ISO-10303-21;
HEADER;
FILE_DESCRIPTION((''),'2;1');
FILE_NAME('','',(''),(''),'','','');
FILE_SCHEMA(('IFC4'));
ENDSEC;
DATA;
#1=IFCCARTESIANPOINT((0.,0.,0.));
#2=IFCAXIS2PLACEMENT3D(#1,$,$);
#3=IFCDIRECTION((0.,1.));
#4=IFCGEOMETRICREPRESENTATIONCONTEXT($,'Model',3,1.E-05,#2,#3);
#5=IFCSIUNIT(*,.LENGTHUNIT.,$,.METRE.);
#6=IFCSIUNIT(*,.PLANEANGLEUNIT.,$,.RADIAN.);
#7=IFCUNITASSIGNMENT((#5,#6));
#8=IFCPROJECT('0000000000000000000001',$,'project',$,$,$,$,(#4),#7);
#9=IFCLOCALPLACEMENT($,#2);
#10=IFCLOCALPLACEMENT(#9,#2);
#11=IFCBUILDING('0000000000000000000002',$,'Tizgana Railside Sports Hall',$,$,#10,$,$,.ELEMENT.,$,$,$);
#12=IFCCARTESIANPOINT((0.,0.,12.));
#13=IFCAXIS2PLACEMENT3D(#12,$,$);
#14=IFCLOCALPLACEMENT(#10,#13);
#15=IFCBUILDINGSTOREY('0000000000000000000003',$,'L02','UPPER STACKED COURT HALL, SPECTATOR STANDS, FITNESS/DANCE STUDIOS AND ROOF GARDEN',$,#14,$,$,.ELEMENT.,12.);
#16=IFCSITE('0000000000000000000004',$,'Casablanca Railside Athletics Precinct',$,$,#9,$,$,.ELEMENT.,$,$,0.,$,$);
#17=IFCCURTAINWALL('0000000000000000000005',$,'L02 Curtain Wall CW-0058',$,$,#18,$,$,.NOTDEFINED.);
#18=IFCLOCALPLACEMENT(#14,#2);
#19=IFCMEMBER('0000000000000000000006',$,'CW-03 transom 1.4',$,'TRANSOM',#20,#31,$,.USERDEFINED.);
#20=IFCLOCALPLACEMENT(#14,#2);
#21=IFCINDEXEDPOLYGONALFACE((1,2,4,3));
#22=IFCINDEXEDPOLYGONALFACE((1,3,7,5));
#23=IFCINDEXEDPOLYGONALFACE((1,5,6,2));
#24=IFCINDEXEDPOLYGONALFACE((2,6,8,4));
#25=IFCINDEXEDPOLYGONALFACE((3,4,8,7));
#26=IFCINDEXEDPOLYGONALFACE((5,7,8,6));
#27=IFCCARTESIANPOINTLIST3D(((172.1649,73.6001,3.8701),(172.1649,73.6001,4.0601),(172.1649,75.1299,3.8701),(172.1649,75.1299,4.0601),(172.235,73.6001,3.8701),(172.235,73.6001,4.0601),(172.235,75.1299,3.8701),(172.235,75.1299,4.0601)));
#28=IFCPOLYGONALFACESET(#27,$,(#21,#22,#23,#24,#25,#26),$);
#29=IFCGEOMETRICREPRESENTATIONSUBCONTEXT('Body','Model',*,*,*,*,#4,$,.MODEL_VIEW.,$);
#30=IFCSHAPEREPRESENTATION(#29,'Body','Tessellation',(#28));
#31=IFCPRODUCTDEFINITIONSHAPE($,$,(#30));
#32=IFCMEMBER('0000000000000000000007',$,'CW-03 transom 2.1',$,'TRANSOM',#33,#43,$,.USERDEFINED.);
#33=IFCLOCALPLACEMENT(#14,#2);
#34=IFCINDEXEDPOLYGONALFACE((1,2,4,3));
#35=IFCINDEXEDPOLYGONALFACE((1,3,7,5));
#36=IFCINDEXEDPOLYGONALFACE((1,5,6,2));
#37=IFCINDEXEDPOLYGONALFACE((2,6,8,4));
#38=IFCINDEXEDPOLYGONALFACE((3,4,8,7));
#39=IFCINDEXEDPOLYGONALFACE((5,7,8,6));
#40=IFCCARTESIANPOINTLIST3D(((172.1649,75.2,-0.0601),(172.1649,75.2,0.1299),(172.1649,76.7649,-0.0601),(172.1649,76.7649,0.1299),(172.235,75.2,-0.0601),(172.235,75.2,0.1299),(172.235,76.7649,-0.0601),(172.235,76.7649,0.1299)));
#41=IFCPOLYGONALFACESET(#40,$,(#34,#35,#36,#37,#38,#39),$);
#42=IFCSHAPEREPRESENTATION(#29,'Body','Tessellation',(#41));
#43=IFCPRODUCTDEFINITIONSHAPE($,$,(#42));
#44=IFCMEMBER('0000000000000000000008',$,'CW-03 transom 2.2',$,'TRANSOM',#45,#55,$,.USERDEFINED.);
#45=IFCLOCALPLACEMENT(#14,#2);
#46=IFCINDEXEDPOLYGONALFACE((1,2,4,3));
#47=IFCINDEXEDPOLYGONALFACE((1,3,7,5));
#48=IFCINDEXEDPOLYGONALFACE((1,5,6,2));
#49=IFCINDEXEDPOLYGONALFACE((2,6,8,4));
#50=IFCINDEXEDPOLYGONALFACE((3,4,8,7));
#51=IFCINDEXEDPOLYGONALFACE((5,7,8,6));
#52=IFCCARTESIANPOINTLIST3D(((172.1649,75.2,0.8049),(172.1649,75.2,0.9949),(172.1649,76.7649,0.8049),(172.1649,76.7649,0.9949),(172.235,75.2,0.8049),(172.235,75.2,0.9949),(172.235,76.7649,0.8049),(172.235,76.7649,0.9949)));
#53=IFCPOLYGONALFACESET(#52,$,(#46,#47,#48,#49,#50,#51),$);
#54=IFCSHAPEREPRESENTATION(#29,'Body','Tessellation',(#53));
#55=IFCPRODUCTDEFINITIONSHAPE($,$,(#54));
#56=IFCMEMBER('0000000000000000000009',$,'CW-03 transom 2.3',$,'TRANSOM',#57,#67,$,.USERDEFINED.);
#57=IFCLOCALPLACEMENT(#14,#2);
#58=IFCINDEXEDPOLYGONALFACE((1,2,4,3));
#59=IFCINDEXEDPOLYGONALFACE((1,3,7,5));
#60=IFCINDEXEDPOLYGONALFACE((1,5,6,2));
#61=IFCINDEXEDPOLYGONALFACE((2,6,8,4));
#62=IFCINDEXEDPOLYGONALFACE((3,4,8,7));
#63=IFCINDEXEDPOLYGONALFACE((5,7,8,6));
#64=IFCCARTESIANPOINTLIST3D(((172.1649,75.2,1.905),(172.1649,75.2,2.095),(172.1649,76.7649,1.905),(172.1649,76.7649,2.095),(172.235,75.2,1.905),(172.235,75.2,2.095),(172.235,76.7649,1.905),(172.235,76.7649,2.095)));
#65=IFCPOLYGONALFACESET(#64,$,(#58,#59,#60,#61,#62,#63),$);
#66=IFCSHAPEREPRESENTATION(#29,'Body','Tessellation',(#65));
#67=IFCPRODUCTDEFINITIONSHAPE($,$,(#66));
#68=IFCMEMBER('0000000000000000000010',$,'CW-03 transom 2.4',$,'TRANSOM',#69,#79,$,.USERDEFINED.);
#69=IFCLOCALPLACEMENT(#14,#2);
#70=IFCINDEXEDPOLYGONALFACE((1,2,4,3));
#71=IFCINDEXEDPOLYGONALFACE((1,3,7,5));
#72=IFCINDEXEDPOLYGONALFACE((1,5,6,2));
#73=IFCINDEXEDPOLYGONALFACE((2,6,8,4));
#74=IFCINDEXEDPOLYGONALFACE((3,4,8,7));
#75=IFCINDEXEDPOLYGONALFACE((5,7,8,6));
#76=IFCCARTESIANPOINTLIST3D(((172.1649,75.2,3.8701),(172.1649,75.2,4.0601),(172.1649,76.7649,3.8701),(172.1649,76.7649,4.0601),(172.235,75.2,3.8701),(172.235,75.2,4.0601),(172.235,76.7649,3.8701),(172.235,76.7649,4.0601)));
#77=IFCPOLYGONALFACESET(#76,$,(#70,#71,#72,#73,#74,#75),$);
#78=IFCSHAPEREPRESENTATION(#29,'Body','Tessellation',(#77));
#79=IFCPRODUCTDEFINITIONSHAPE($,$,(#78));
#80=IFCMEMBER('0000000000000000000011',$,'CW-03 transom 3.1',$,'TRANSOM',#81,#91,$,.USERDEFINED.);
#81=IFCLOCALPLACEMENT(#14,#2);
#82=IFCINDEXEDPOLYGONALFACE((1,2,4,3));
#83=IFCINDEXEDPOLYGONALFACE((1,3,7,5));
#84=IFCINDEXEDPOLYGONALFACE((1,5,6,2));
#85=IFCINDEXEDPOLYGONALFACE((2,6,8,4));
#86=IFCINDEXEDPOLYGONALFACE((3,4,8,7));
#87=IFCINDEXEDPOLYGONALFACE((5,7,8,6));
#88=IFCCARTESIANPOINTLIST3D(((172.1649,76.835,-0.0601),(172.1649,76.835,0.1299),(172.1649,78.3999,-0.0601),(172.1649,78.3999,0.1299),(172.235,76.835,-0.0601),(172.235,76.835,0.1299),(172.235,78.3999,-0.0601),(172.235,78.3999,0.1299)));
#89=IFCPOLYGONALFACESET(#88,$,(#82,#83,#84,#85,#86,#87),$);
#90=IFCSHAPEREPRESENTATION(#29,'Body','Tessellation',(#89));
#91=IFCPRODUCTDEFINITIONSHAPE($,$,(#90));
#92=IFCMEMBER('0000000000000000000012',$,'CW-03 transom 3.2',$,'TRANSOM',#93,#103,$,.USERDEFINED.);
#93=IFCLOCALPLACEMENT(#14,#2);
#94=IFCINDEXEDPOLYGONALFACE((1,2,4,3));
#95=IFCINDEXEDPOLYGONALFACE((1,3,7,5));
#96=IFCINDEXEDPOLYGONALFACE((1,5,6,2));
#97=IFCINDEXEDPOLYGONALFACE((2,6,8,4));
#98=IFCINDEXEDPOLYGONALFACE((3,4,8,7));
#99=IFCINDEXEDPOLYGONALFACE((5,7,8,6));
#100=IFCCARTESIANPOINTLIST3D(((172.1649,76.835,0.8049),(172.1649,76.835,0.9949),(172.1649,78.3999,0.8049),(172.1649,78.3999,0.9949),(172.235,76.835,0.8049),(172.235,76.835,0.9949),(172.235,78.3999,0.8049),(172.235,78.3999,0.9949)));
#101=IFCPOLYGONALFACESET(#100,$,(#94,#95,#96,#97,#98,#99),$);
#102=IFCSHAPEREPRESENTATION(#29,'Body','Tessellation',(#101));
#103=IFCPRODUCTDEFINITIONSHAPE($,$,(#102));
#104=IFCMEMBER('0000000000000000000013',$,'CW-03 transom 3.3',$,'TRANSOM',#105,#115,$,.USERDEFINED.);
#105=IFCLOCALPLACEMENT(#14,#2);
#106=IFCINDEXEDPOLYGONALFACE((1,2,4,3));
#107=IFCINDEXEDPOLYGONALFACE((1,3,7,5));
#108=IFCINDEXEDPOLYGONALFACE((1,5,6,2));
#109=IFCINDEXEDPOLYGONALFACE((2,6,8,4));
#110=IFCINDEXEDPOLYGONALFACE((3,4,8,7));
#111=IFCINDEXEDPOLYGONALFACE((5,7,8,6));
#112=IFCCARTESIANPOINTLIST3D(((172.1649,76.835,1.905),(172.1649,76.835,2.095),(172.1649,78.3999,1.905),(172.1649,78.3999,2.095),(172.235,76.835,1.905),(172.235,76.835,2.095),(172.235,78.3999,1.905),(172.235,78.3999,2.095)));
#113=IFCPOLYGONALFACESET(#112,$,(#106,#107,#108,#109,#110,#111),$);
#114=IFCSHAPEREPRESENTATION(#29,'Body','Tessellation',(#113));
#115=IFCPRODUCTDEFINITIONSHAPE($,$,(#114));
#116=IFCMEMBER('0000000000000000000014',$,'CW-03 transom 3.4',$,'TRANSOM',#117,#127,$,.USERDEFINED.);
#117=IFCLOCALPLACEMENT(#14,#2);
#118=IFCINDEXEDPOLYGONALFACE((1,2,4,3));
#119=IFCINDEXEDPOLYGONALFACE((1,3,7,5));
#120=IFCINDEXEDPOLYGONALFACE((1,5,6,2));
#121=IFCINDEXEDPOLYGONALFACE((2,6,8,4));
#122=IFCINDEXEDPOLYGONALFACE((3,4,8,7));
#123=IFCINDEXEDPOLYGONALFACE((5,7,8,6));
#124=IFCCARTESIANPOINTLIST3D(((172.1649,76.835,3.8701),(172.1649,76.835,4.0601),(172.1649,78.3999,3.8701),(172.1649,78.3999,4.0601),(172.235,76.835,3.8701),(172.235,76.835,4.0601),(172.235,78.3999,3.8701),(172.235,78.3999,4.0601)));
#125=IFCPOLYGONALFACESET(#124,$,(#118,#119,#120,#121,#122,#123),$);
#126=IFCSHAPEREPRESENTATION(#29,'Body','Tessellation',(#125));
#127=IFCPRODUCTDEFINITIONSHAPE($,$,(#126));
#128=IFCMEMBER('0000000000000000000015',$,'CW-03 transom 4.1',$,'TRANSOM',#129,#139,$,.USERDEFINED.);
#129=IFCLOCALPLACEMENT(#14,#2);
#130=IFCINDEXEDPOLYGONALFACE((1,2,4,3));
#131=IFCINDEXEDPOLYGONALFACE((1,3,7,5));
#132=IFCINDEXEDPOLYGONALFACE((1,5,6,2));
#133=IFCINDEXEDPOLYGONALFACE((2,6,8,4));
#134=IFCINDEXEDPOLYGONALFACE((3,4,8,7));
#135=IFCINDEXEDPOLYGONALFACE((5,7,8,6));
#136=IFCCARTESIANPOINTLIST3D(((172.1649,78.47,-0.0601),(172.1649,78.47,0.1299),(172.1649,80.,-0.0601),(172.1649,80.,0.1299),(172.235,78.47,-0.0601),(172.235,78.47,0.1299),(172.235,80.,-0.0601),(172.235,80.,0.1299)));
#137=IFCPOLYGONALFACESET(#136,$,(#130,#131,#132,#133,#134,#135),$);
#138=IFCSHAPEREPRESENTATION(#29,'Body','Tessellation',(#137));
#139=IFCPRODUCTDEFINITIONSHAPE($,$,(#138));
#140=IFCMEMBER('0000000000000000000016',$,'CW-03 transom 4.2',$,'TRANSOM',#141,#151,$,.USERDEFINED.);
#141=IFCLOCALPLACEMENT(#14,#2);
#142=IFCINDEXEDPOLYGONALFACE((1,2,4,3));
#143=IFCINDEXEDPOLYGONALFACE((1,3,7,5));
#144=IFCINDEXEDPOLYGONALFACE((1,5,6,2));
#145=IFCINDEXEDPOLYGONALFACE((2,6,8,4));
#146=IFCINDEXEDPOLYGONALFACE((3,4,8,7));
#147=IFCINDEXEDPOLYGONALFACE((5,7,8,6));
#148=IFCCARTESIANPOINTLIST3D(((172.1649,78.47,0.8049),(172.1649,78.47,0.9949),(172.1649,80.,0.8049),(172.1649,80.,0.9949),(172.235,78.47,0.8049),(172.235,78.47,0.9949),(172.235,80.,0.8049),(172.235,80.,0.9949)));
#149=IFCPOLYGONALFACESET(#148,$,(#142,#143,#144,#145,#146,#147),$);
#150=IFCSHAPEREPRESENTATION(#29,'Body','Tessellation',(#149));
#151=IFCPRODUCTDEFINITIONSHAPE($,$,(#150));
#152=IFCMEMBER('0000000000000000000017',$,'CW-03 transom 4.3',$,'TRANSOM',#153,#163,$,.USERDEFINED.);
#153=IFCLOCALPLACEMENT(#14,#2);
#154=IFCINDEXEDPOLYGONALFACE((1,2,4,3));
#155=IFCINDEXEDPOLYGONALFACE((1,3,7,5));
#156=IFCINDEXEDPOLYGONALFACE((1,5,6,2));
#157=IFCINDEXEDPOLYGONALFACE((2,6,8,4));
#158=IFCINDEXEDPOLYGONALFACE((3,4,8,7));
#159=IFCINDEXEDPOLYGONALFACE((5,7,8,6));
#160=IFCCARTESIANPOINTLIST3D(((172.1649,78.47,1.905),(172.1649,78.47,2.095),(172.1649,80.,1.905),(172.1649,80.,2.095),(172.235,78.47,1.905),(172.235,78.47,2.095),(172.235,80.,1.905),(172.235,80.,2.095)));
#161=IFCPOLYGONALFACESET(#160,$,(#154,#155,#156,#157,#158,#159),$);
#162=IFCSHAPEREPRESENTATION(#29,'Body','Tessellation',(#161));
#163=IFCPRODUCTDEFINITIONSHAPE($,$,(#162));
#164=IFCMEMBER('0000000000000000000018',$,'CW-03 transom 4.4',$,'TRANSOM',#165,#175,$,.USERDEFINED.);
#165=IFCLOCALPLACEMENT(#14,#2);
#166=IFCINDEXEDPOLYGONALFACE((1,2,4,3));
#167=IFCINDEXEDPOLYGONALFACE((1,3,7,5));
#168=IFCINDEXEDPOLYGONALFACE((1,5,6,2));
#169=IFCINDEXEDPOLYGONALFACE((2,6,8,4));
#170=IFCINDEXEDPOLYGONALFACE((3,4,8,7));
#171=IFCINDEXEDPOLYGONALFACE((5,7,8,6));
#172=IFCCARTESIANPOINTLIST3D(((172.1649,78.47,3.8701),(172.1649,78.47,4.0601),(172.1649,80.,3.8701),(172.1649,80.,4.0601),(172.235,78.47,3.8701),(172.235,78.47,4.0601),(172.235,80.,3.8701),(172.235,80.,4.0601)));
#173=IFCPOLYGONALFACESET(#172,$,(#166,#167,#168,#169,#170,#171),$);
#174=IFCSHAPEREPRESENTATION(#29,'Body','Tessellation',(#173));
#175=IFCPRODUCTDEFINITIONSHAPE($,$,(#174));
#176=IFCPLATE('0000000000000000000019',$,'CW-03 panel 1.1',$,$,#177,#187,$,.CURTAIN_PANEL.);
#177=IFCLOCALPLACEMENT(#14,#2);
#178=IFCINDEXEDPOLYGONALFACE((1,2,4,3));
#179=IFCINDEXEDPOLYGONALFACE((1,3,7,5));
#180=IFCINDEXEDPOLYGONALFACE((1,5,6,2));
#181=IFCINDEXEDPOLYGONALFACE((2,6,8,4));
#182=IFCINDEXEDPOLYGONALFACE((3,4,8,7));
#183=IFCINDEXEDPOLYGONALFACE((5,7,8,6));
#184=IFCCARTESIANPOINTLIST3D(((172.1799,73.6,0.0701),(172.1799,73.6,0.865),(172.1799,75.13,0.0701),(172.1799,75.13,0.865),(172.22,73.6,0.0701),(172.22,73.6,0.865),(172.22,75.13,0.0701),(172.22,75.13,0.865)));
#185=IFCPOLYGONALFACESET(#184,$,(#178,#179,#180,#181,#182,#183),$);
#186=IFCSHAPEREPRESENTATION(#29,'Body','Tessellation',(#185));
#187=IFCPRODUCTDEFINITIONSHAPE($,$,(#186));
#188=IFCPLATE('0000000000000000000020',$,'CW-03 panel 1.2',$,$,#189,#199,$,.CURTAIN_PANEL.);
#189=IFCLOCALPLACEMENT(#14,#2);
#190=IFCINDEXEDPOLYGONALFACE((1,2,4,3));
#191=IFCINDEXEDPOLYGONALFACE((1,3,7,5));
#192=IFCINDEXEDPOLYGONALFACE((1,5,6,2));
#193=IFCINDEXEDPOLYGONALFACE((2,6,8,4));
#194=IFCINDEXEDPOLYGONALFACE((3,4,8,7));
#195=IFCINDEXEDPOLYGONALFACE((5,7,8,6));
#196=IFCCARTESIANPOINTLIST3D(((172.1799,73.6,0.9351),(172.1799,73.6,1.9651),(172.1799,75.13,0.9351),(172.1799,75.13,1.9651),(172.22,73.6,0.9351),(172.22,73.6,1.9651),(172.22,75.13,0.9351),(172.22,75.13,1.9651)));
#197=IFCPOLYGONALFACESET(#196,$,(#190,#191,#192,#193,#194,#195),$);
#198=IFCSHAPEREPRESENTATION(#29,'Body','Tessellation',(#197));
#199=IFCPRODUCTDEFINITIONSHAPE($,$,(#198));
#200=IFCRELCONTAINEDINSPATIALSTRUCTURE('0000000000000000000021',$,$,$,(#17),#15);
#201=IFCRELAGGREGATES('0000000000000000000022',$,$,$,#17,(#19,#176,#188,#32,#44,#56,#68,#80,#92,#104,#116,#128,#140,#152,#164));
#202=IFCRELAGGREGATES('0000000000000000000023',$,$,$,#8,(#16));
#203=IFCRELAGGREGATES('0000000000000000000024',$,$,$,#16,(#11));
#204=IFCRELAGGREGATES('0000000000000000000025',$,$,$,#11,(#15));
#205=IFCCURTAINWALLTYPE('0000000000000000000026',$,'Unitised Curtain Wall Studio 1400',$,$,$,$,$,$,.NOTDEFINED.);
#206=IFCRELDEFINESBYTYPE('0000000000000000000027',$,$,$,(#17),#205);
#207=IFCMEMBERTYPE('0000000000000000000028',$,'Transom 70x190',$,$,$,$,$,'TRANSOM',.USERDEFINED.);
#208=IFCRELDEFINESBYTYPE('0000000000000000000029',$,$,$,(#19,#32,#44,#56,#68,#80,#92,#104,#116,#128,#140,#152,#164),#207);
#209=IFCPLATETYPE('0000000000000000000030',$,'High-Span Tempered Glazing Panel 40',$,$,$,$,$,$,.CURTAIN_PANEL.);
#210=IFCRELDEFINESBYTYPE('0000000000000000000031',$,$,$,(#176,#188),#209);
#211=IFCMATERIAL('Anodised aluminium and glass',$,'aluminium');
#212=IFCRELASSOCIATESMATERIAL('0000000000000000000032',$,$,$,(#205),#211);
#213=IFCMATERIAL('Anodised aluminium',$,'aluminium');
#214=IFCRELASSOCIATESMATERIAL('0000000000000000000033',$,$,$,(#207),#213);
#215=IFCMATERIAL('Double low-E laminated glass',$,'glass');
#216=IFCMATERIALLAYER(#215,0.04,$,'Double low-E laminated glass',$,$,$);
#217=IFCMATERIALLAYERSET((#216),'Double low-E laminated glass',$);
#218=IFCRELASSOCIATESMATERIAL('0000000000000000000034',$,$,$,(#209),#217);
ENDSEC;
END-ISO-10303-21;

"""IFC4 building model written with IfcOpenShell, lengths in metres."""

from ifc_helpers import new_model, si_unit, direction, frame, origin, origin_2d, place, context, subcontext, project, spatial, rectangle, extrude, material, layer, layer_set, material_profile, profile_set, type_object, element, aggregate, save


model = new_model("IFC4")

# Units and contexts
model_context = context("Model", 3, precision=1e-05, world=origin(), true_north=direction((0.0, 1.0)))
body_context = subcontext(model_context, "Body", "Model", "MODEL_VIEW")
ifc_project = project(units=[si_unit("LENGTHUNIT", "METRE"), si_unit("PLANEANGLEUNIT", "RADIAN")], contexts=[model_context])

# Site, building, storey
site_placement = place(None, origin())
site = spatial("IfcSite", under=ifc_project, at=site_placement, Name="Casablanca Railside Athletics Precinct", CompositionType="ELEMENT", RefElevation=0.0)
building_placement = place(site_placement, origin())
building = spatial("IfcBuilding", under=site, at=building_placement, Name="Tizgana Railside Sports Hall", CompositionType="ELEMENT")
storey_placement = place(building_placement, frame((0.0, 0.0, 12.0)))
storey = spatial("IfcBuildingStorey", under=building, at=storey_placement, Name="L02", Description="UPPER STACKED COURT HALL, SPECTATOR STANDS, FITNESS/DANCE STUDIOS AND ROOF GARDEN", CompositionType="ELEMENT", Elevation=12.0)

# Curtain wall
ifc_material_1 = material(Name="Anodised aluminium and glass", Category="aluminium")
curtain_wall_type = type_object("IfcCurtainWallType", Name="Unitised Curtain Wall Studio 1400", PredefinedType="NOTDEFINED", material=ifc_material_1)
curtain_wall_placement = place(storey_placement, origin())
curtain_wall = element("IfcCurtainWall", 1, at=curtain_wall_placement, inside=storey, type_object=curtain_wall_type, Name="L02 Curtain Wall CW-0058", PredefinedType="NOTDEFINED")
ifc_material_2 = material(Name="Anodised aluminium", Category="aluminium")

# Members
ifc_material_profile_1 = material_profile(ifc_material_2, rectangle(XDim=0.0701, YDim=0.1899, at=origin_2d()), Name="Transom 70x190")
ifc_profile_set_1 = profile_set([ifc_material_profile_1], Name="Anodised aluminium")
member_type_1 = type_object("IfcMemberType", Name="Transom 70x190", ElementType="TRANSOM", PredefinedType="USERDEFINED", material=ifc_profile_set_1)
member_1_placement = place(storey_placement, frame((172.2, 73.6001, 3.9651), z_axis=(0.0, 1.0, 0.0), x_axis=(-1.0, 0.0, 0.0)))
member_1 = element("IfcMember", 2, at=member_1_placement, type_object=member_type_1, Name="CW-03 transom 1.4", ObjectType="TRANSOM", PredefinedType="USERDEFINED", context=body_context, shape_type="SweptSolid", body=[
    extrude(rectangle(XDim=0.0701, YDim=0.1899, at=origin_2d()), origin(), (0.0, 0.0, 1.0), 1.5298),
])
member_2_placement = place(storey_placement, frame((172.2, 75.2, 0.0349), z_axis=(0.0, 1.0, 0.0), x_axis=(-1.0, 0.0, 0.0)))
member_2 = element("IfcMember", 3, at=member_2_placement, type_object=member_type_1, Name="CW-03 transom 2.1", ObjectType="TRANSOM", PredefinedType="USERDEFINED", context=body_context, shape_type="SweptSolid", body=[
    extrude(rectangle(XDim=0.0701, YDim=0.1899, at=origin_2d()), origin(), (0.0, 0.0, 1.0), 1.5649),
])
member_3_placement = place(storey_placement, frame((172.2, 75.2, 0.8999), z_axis=(0.0, 1.0, 0.0), x_axis=(-1.0, 0.0, 0.0)))
member_3 = element("IfcMember", 4, at=member_3_placement, type_object=member_type_1, Name="CW-03 transom 2.2", ObjectType="TRANSOM", PredefinedType="USERDEFINED", context=body_context, shape_type="SweptSolid", body=[
    extrude(rectangle(XDim=0.0701, YDim=0.1899, at=origin_2d()), origin(), (0.0, 0.0, 1.0), 1.5649),
])
member_4_placement = place(storey_placement, frame((172.2, 75.2, 2.0), z_axis=(0.0, 1.0, 0.0), x_axis=(-1.0, 0.0, 0.0)))
member_4 = element("IfcMember", 5, at=member_4_placement, type_object=member_type_1, Name="CW-03 transom 2.3", ObjectType="TRANSOM", PredefinedType="USERDEFINED", context=body_context, shape_type="SweptSolid", body=[
    extrude(rectangle(XDim=0.0701, YDim=0.1899, at=origin_2d()), origin(), (0.0, 0.0, 1.0), 1.5649),
])
member_5_placement = place(storey_placement, frame((172.2, 75.2, 3.9651), z_axis=(0.0, 1.0, 0.0), x_axis=(-1.0, 0.0, 0.0)))
member_5 = element("IfcMember", 6, at=member_5_placement, type_object=member_type_1, Name="CW-03 transom 2.4", ObjectType="TRANSOM", PredefinedType="USERDEFINED", context=body_context, shape_type="SweptSolid", body=[
    extrude(rectangle(XDim=0.0701, YDim=0.1899, at=origin_2d()), origin(), (0.0, 0.0, 1.0), 1.5649),
])
member_6_placement = place(storey_placement, frame((172.2, 76.835, 0.0349), z_axis=(0.0, 1.0, 0.0), x_axis=(-1.0, 0.0, 0.0)))
member_6 = element("IfcMember", 7, at=member_6_placement, type_object=member_type_1, Name="CW-03 transom 3.1", ObjectType="TRANSOM", PredefinedType="USERDEFINED", context=body_context, shape_type="SweptSolid", body=[
    extrude(rectangle(XDim=0.0701, YDim=0.1899, at=origin_2d()), origin(), (0.0, 0.0, 1.0), 1.5649),
])
member_7_placement = place(storey_placement, frame((172.2, 76.835, 0.8999), z_axis=(0.0, 1.0, 0.0), x_axis=(-1.0, 0.0, 0.0)))
member_7 = element("IfcMember", 8, at=member_7_placement, type_object=member_type_1, Name="CW-03 transom 3.2", ObjectType="TRANSOM", PredefinedType="USERDEFINED", context=body_context, shape_type="SweptSolid", body=[
    extrude(rectangle(XDim=0.0701, YDim=0.1899, at=origin_2d()), origin(), (0.0, 0.0, 1.0), 1.5649),
])
member_8_placement = place(storey_placement, frame((172.2, 76.835, 2.0), z_axis=(0.0, 1.0, 0.0), x_axis=(-1.0, 0.0, 0.0)))
member_8 = element("IfcMember", 9, at=member_8_placement, type_object=member_type_1, Name="CW-03 transom 3.3", ObjectType="TRANSOM", PredefinedType="USERDEFINED", context=body_context, shape_type="SweptSolid", body=[
    extrude(rectangle(XDim=0.0701, YDim=0.1899, at=origin_2d()), origin(), (0.0, 0.0, 1.0), 1.5649),
])
member_9_placement = place(storey_placement, frame((172.2, 76.835, 3.9651), z_axis=(0.0, 1.0, 0.0), x_axis=(-1.0, 0.0, 0.0)))
member_9 = element("IfcMember", 10, at=member_9_placement, type_object=member_type_1, Name="CW-03 transom 3.4", ObjectType="TRANSOM", PredefinedType="USERDEFINED", context=body_context, shape_type="SweptSolid", body=[
    extrude(rectangle(XDim=0.0701, YDim=0.1899, at=origin_2d()), origin(), (0.0, 0.0, 1.0), 1.5649),
])
member_10_placement = place(storey_placement, frame((172.2, 78.47, 0.0349), z_axis=(0.0, 1.0, 0.0), x_axis=(-1.0, 0.0, 0.0)))
member_10 = element("IfcMember", 11, at=member_10_placement, type_object=member_type_1, Name="CW-03 transom 4.1", ObjectType="TRANSOM", PredefinedType="USERDEFINED", context=body_context, shape_type="SweptSolid", body=[
    extrude(rectangle(XDim=0.0701, YDim=0.1899, at=origin_2d()), origin(), (0.0, 0.0, 1.0), 1.53),
])
member_11_placement = place(storey_placement, frame((172.2, 78.47, 0.8999), z_axis=(0.0, 1.0, 0.0), x_axis=(-1.0, 0.0, 0.0)))
member_11 = element("IfcMember", 12, at=member_11_placement, type_object=member_type_1, Name="CW-03 transom 4.2", ObjectType="TRANSOM", PredefinedType="USERDEFINED", context=body_context, shape_type="SweptSolid", body=[
    extrude(rectangle(XDim=0.0701, YDim=0.1899, at=origin_2d()), origin(), (0.0, 0.0, 1.0), 1.53),
])
member_12_placement = place(storey_placement, frame((172.2, 78.47, 2.0), z_axis=(0.0, 1.0, 0.0), x_axis=(-1.0, 0.0, 0.0)))
member_12 = element("IfcMember", 13, at=member_12_placement, type_object=member_type_1, Name="CW-03 transom 4.3", ObjectType="TRANSOM", PredefinedType="USERDEFINED", context=body_context, shape_type="SweptSolid", body=[
    extrude(rectangle(XDim=0.0701, YDim=0.1899, at=origin_2d()), origin(), (0.0, 0.0, 1.0), 1.53),
])
member_13_placement = place(storey_placement, frame((172.2, 78.47, 3.9651), z_axis=(0.0, 1.0, 0.0), x_axis=(-1.0, 0.0, 0.0)))
member_13 = element("IfcMember", 14, at=member_13_placement, type_object=member_type_1, Name="CW-03 transom 4.4", ObjectType="TRANSOM", PredefinedType="USERDEFINED", context=body_context, shape_type="SweptSolid", body=[
    extrude(rectangle(XDim=0.0701, YDim=0.1899, at=origin_2d()), origin(), (0.0, 0.0, 1.0), 1.53),
])

# Plates
ifc_material_3 = material(Name="Double low-E laminated glass", Category="glass")
ifc_layer_1 = layer(ifc_material_3, 0.04, Name="Double low-E laminated glass")
ifc_layer_set_1 = layer_set([ifc_layer_1], Name="Double low-E laminated glass")
plate_type = type_object("IfcPlateType", Name="High-Span Tempered Glazing Panel 40", PredefinedType="CURTAIN_PANEL", material=ifc_layer_set_1)
plate_1_placement = place(storey_placement, frame((172.2, 74.365, 0.0701), z_axis=(0.0, 0.0, 1.0), x_axis=(0.0, 1.0, 0.0)))
plate_1 = element("IfcPlate", 15, at=plate_1_placement, type_object=plate_type, Name="CW-03 panel 1.1", PredefinedType="CURTAIN_PANEL", context=body_context, shape_type="SweptSolid", body=[
    extrude(rectangle(XDim=1.53, YDim=0.04, at=origin_2d()), origin(), (0.0, 0.0, 1.0), 0.7949),
])
plate_2_placement = place(storey_placement, frame((172.2, 74.365, 0.9351), z_axis=(0.0, 0.0, 1.0), x_axis=(0.0, 1.0, 0.0)))
plate_2 = element("IfcPlate", 16, at=plate_2_placement, type_object=plate_type, Name="CW-03 panel 1.2", PredefinedType="CURTAIN_PANEL", context=body_context, shape_type="SweptSolid", body=[
    extrude(rectangle(XDim=1.53, YDim=0.04, at=origin_2d()), origin(), (0.0, 0.0, 1.0), 1.03),
])
aggregate(curtain_wall, [member_1, plate_1, plate_2, member_2, member_3, member_4, member_5, member_6, member_7, member_8, member_9, member_10, member_11, member_12, member_13])

save(model, "model.ifc")
